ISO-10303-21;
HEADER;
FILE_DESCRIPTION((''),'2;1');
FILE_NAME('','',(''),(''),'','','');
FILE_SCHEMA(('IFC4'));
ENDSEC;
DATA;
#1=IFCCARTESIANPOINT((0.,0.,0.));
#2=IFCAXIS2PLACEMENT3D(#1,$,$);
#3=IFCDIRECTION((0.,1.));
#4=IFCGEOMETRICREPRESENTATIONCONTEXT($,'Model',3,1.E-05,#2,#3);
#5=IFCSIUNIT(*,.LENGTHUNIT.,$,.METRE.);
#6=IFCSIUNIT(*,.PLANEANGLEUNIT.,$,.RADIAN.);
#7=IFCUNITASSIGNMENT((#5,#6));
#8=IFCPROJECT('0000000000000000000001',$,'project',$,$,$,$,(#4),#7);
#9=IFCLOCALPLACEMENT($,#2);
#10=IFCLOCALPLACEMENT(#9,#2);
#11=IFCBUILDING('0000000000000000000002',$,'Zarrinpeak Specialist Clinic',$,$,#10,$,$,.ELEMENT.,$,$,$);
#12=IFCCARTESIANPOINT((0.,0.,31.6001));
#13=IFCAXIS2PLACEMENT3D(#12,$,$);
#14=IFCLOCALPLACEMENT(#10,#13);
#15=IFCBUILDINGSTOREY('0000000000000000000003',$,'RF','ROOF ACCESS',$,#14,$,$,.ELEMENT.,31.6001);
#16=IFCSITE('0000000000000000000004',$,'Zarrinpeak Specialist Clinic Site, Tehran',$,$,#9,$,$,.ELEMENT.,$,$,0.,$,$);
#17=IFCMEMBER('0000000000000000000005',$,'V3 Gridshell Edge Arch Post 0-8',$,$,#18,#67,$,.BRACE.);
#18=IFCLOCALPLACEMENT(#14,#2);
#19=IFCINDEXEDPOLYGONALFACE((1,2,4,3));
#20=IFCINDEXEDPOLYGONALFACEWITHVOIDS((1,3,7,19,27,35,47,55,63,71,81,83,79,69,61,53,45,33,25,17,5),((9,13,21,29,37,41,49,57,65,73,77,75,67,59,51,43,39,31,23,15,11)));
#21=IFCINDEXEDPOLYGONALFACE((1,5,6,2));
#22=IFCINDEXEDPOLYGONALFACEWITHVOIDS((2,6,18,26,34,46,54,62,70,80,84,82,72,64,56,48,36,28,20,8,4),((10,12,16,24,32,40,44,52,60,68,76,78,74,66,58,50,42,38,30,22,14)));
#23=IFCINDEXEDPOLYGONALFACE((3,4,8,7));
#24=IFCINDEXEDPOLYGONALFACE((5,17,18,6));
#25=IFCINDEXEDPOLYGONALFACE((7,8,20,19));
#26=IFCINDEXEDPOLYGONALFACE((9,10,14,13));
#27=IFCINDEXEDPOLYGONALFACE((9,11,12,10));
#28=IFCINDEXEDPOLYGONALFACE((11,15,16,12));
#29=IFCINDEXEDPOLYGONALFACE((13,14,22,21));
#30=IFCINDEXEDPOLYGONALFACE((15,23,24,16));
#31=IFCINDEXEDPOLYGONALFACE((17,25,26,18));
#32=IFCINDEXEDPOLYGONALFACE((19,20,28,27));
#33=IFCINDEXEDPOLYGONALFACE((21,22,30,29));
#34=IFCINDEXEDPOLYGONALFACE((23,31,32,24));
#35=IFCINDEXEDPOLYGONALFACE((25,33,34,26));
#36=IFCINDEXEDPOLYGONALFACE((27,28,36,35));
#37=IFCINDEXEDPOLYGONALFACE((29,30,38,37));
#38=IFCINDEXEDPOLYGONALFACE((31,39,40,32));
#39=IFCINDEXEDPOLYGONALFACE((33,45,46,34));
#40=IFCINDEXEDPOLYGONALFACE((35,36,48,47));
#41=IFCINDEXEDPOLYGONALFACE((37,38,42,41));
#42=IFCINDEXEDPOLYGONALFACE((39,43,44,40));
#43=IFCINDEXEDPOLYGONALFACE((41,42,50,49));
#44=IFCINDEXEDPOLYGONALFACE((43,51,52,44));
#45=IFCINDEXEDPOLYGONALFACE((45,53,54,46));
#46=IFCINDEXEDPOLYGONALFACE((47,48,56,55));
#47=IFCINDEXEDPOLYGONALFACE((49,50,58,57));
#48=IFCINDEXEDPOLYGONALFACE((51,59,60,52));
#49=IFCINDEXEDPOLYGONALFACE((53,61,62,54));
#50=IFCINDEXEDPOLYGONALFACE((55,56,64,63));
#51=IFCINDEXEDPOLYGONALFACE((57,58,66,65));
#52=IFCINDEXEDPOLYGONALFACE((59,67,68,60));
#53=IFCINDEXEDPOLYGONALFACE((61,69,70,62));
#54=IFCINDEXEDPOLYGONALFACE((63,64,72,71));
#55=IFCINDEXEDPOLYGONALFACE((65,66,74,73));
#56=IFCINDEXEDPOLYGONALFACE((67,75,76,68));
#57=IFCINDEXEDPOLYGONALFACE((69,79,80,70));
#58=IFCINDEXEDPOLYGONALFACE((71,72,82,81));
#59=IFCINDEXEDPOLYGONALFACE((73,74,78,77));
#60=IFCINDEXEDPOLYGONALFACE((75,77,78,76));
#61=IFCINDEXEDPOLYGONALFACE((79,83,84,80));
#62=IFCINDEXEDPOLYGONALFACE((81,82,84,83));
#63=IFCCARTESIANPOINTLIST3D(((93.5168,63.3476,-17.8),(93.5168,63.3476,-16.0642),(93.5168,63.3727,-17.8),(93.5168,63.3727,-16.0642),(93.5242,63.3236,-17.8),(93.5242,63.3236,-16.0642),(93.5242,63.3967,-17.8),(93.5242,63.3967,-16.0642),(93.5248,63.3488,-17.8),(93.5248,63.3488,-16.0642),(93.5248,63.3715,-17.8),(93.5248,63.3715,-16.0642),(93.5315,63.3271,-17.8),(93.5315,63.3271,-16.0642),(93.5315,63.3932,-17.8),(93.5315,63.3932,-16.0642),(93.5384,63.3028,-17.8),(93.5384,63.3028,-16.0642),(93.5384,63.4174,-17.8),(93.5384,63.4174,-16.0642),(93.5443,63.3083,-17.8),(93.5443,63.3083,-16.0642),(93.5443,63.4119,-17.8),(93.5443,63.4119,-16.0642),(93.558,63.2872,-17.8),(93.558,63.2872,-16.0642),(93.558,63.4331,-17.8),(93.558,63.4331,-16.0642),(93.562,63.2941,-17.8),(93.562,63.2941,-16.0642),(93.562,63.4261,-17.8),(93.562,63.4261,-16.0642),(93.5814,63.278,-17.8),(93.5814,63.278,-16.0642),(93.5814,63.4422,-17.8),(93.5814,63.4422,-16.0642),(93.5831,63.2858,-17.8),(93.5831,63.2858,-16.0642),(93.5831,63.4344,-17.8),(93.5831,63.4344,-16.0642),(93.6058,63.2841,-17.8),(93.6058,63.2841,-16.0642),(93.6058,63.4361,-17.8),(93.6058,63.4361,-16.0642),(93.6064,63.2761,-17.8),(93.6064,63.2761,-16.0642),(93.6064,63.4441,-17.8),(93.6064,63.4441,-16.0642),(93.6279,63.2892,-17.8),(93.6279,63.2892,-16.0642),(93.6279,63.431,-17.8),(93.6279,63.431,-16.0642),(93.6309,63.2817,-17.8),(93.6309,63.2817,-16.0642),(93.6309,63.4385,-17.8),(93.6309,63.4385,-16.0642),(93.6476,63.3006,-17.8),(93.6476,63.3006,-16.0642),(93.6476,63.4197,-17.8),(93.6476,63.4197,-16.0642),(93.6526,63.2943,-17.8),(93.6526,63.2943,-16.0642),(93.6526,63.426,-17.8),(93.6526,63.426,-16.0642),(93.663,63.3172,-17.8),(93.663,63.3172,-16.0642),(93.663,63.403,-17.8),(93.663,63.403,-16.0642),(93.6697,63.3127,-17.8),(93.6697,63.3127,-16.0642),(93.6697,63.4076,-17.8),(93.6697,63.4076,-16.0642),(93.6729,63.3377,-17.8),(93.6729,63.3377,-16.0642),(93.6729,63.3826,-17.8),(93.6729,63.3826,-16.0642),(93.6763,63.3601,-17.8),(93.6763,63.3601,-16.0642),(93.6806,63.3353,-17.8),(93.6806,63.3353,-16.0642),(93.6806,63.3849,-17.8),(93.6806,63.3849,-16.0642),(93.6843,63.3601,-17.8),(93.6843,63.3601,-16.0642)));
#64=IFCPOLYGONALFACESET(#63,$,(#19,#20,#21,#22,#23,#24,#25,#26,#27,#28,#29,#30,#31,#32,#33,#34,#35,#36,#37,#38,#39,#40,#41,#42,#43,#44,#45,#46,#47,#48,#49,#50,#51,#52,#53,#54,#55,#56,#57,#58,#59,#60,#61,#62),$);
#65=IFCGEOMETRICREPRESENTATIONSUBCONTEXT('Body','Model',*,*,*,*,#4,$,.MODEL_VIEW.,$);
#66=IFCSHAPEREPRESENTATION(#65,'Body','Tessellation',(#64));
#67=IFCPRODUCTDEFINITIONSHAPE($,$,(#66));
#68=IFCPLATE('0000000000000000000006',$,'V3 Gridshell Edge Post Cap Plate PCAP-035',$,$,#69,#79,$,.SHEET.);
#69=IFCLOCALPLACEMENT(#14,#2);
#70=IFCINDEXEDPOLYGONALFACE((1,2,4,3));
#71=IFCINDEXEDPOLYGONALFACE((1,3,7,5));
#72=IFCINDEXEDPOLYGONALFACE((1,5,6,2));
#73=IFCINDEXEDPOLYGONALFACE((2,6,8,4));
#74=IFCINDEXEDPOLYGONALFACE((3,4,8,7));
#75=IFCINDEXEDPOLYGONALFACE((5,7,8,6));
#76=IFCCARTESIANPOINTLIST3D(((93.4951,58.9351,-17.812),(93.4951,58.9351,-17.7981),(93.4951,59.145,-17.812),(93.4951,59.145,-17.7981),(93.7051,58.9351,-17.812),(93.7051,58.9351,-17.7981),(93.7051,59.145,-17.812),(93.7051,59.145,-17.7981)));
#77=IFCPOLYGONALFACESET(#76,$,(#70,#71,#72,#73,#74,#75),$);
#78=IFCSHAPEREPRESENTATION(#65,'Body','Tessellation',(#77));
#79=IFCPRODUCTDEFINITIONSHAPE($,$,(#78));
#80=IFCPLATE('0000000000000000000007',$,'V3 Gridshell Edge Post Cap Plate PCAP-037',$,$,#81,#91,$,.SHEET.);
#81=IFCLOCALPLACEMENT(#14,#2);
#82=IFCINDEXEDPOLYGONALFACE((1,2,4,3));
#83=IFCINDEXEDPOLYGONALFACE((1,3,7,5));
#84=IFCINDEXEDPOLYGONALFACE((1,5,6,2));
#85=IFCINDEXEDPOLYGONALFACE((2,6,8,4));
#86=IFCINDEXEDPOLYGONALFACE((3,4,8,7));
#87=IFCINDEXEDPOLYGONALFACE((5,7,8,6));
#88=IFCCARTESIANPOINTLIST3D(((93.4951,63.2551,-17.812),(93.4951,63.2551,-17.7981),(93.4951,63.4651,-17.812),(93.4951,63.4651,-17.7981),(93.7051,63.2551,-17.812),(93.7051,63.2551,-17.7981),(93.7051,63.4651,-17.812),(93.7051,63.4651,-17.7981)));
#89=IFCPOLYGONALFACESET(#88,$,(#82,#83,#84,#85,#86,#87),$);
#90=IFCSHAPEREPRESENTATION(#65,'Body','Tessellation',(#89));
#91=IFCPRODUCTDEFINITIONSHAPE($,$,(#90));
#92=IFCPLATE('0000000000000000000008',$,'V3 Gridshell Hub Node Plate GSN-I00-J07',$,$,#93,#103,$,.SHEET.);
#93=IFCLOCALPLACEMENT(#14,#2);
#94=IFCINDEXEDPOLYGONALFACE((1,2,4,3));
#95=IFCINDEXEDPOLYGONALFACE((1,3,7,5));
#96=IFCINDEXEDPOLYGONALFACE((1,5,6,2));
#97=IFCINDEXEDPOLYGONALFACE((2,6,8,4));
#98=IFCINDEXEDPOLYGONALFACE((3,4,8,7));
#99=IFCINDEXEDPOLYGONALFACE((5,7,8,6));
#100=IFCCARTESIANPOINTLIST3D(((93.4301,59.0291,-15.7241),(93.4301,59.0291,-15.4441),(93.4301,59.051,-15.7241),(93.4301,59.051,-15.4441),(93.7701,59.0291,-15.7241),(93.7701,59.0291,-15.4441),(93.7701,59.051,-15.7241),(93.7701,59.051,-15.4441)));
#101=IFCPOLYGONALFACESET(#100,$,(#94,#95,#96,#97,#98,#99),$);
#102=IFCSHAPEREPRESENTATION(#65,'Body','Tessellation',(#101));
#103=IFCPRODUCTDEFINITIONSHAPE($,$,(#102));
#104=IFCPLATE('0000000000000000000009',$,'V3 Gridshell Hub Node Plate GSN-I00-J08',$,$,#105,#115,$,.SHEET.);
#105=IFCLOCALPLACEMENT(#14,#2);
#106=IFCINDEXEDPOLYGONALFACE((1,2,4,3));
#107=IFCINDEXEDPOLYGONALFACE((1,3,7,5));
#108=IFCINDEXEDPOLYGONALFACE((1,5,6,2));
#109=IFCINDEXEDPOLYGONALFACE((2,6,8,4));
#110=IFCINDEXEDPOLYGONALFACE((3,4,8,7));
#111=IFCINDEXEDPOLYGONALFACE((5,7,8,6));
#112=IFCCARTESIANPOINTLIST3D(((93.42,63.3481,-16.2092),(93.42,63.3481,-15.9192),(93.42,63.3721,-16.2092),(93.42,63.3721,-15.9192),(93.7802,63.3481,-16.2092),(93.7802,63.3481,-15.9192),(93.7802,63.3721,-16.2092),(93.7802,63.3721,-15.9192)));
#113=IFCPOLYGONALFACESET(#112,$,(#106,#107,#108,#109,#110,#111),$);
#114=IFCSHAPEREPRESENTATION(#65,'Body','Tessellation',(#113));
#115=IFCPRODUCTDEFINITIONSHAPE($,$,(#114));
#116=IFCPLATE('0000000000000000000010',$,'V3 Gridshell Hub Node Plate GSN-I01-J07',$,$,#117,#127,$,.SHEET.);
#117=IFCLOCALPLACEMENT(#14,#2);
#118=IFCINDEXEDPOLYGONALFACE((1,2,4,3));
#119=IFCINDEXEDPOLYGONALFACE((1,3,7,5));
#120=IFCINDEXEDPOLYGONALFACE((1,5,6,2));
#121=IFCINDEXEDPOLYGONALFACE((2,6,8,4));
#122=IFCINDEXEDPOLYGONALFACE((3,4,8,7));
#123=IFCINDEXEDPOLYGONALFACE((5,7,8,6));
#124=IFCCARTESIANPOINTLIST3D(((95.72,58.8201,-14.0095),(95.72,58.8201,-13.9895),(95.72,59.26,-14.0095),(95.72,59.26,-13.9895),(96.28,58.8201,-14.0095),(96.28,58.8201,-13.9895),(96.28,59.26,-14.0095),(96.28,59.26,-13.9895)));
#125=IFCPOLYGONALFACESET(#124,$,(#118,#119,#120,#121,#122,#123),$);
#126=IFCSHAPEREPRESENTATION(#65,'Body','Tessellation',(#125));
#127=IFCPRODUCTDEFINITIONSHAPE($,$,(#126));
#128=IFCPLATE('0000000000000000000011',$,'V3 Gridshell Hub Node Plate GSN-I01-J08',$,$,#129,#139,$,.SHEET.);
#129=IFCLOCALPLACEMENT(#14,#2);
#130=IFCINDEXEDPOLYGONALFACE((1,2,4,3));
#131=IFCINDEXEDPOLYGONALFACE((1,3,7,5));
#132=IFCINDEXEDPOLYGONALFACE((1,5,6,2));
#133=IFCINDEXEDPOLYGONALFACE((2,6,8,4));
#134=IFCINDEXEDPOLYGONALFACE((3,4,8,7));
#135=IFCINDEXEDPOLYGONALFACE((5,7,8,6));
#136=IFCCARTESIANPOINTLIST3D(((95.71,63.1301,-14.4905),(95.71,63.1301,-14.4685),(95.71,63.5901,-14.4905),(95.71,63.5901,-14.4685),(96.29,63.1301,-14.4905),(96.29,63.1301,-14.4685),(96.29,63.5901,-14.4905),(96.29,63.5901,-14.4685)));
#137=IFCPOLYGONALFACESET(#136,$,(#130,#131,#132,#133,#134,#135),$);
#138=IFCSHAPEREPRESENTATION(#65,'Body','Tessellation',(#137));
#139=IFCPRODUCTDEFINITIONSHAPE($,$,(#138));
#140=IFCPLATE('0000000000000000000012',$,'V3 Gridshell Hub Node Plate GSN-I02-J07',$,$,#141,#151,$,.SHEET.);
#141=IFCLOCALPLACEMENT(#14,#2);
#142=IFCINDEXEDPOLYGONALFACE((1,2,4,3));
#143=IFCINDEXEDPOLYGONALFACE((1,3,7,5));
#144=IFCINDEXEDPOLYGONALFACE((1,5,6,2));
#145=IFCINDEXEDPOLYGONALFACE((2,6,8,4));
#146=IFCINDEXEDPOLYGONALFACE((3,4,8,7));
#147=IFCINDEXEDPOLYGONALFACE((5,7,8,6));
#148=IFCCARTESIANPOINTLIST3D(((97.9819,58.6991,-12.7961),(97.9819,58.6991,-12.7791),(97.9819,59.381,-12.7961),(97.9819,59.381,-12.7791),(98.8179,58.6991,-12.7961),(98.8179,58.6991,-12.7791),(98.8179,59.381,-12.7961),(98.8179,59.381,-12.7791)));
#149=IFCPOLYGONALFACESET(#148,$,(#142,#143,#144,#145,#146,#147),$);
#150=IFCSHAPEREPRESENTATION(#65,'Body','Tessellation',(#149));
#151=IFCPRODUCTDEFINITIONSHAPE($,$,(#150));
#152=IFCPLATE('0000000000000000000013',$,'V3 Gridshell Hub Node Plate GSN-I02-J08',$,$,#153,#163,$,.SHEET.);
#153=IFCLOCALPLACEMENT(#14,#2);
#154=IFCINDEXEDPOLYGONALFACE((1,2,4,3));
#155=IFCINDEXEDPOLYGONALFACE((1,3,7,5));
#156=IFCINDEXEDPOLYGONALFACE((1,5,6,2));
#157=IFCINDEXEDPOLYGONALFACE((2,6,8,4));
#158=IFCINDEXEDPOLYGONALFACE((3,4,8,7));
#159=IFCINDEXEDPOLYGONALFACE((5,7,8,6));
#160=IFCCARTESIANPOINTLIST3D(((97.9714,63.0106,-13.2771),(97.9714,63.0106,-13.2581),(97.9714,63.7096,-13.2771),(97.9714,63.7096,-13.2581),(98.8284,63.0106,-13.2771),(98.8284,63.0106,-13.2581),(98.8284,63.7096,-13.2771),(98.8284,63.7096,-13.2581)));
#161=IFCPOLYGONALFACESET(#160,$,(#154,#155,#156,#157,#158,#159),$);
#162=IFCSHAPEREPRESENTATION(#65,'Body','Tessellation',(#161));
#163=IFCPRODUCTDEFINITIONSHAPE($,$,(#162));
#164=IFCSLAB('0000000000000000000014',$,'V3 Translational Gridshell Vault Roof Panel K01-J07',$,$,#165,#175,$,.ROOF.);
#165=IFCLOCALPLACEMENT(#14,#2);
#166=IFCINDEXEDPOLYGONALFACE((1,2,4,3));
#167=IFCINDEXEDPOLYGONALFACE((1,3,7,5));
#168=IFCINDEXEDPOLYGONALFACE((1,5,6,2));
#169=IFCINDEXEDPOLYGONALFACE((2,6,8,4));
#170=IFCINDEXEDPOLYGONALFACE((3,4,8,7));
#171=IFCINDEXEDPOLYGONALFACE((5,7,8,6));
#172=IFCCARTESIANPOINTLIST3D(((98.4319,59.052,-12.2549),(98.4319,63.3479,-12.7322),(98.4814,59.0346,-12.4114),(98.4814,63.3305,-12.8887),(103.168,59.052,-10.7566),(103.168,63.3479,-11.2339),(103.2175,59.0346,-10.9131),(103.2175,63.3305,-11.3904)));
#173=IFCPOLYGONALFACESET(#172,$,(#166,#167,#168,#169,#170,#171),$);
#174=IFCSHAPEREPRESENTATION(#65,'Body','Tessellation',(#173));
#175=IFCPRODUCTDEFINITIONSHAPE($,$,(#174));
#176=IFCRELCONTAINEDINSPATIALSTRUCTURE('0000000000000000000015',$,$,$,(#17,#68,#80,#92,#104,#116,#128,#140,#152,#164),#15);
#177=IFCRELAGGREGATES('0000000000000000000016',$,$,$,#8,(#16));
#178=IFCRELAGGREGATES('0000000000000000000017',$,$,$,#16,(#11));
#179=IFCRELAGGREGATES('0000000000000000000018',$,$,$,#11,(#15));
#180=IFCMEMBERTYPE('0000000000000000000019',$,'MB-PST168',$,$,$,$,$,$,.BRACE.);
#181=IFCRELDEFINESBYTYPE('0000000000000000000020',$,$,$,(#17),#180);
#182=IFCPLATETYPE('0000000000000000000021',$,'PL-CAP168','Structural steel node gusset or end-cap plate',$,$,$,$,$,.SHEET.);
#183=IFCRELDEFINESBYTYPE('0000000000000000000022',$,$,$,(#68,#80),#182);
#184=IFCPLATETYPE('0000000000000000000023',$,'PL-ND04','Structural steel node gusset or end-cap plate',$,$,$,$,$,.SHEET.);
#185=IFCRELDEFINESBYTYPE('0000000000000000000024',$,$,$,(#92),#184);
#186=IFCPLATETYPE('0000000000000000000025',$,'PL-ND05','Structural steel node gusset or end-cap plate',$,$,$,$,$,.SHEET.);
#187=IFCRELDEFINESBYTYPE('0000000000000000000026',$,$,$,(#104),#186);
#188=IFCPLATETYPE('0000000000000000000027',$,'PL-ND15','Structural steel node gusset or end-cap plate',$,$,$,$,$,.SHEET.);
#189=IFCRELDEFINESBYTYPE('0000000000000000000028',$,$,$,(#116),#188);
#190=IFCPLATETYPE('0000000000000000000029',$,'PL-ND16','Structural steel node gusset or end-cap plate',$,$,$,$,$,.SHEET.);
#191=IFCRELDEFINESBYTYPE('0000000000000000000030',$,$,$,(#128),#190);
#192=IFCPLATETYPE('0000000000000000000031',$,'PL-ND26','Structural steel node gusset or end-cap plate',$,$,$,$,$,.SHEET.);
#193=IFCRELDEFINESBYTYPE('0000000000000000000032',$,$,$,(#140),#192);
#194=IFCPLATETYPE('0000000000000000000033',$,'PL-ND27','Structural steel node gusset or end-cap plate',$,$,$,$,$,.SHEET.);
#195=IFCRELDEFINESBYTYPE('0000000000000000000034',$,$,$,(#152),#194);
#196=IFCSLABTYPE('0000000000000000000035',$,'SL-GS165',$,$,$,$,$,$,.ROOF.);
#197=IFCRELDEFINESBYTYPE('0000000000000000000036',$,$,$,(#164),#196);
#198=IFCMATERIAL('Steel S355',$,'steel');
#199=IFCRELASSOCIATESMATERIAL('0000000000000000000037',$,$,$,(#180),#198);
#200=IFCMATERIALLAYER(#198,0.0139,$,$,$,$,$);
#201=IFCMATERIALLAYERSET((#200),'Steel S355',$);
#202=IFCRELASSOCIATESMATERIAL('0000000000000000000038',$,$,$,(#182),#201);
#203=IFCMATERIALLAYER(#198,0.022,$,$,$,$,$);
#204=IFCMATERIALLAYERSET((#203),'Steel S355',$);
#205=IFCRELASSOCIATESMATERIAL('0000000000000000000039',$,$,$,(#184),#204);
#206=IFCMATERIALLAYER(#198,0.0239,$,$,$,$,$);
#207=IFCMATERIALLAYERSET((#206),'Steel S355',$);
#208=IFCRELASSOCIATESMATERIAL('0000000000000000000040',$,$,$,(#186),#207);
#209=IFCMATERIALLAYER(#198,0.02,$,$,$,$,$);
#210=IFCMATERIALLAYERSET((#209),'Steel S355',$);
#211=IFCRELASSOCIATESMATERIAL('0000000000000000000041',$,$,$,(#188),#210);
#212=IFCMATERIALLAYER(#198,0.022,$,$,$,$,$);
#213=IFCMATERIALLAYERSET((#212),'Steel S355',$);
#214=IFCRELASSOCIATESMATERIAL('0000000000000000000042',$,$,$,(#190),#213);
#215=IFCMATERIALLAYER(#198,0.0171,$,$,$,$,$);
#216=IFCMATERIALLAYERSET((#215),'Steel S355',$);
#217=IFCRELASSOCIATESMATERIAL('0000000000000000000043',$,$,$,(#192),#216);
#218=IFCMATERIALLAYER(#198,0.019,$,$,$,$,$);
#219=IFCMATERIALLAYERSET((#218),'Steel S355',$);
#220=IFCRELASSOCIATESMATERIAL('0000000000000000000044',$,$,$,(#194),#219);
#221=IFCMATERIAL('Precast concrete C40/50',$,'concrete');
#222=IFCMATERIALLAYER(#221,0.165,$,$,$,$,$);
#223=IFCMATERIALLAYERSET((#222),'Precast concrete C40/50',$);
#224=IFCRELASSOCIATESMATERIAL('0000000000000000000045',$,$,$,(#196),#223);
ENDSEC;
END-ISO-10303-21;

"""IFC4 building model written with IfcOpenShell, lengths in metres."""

from ifc_helpers import new_model, si_unit, direction, frame, origin, origin_2d, place, context, subcontext, project, spatial, polyline, rectangle, hollow_circle, outline, extrude, material, layer, layer_set, material_profile, profile_set, type_object, element, save


model = new_model("IFC4")

# Units and contexts
model_context = context("Model", 3, precision=1e-05, world=origin(), true_north=direction((0.0, 1.0)))
body_context = subcontext(model_context, "Body", "Model", "MODEL_VIEW")
ifc_project = project(units=[si_unit("LENGTHUNIT", "METRE"), si_unit("PLANEANGLEUNIT", "RADIAN")], contexts=[model_context])

# Site, building, storey
site_placement = place(None, origin())
site = spatial("IfcSite", under=ifc_project, at=site_placement, Name="Zarrinpeak Specialist Clinic Site, Tehran", CompositionType="ELEMENT", RefElevation=0.0)
building_placement = place(site_placement, origin())
building = spatial("IfcBuilding", under=site, at=building_placement, Name="Zarrinpeak Specialist Clinic", CompositionType="ELEMENT")
storey_placement = place(building_placement, frame((0.0, 0.0, 31.6001)))
storey = spatial("IfcBuildingStorey", under=building, at=storey_placement, Name="RF", Description="ROOF ACCESS", CompositionType="ELEMENT", Elevation=31.6001)

# Member
ifc_material_1 = material(Name="Steel S355", Category="steel")
ifc_material_profile_1 = material_profile(ifc_material_1, hollow_circle(Radius=0.0842, WallThickness=0.0081, at=origin_2d()), Name="CHS 168.3x8.0")
ifc_profile_set_1 = profile_set([ifc_material_profile_1], Name="Steel S355")
member_type_1 = type_object("IfcMemberType", Name="MB-PST168", PredefinedType="BRACE", material=ifc_profile_set_1)
member_1_placement = place(storey_placement, frame((93.6001, 63.3601, -17.8), z_axis=(0.0, 0.0, 1.0), x_axis=(1.0, 0.0, 0.0)))
element("IfcMember", 1, at=member_1_placement, inside=storey, type_object=member_type_1, Name="V3 Gridshell Edge Arch Post 0-8", PredefinedType="BRACE", context=body_context, shape_type="SweptSolid", body=[
    extrude(hollow_circle(Radius=0.0842, WallThickness=0.0081, at=origin_2d()), origin(), (0.0, 0.0, 1.0), 1.7358),
])

# Plates
ifc_layer_1 = layer(ifc_material_1, 0.0139)
ifc_layer_set_1 = layer_set([ifc_layer_1], Name="Steel S355")
plate_type_1 = type_object("IfcPlateType", Name="PL-CAP168", Description="Structural steel node gusset or end-cap plate", PredefinedType="SHEET", material=ifc_layer_set_1)
for number, where, z_axis, x_axis, name in (
    (2, (93.6001, 59.04, -17.812), (0.0, 0.0, 1.0), (1.0, 0.0, 0.0), "V3 Gridshell Edge Post Cap Plate PCAP-035"),
    (3, (93.6001, 63.3601, -17.812), (0.0, 0.0, 1.0), (1.0, 0.0, 0.0), "V3 Gridshell Edge Post Cap Plate PCAP-037"),
):
    element("IfcPlate", number, at=place(storey_placement, frame(where, z_axis=z_axis, x_axis=x_axis)), inside=storey, type_object=plate_type_1, Name=name, PredefinedType="SHEET", context=body_context, shape_type="SweptSolid", body=[
        extrude(rectangle(XDim=0.21, YDim=0.21, at=origin_2d()), origin(), (0.0, 0.0, 1.0), 0.0139),
    ])
ifc_layer_2 = layer(ifc_material_1, 0.022)
ifc_layer_set_2 = layer_set([ifc_layer_2], Name="Steel S355")
plate_type_2 = type_object("IfcPlateType", Name="PL-ND04", Description="Structural steel node gusset or end-cap plate", PredefinedType="SHEET", material=ifc_layer_set_2)
plate_1_placement = place(storey_placement, frame((93.6001, 59.04, -15.7241), z_axis=(0.0, 0.0, 1.0), x_axis=(1.0, 0.0, 0.0)))
element("IfcPlate", 4, at=plate_1_placement, inside=storey, type_object=plate_type_2, Name="V3 Gridshell Hub Node Plate GSN-I00-J07", PredefinedType="SHEET", context=body_context, shape_type="SweptSolid", body=[
    extrude(rectangle(XDim=0.3401, YDim=0.022, at=origin_2d()), origin(), (0.0, 0.0, 1.0), 0.28),
])
ifc_layer_3 = layer(ifc_material_1, 0.0239)
ifc_layer_set_3 = layer_set([ifc_layer_3], Name="Steel S355")
plate_type_3 = type_object("IfcPlateType", Name="PL-ND05", Description="Structural steel node gusset or end-cap plate", PredefinedType="SHEET", material=ifc_layer_set_3)
plate_2_placement = place(storey_placement, frame((93.6001, 63.3601, -16.2092), z_axis=(0.0, 0.0, 1.0), x_axis=(1.0, 0.0, 0.0)))
element("IfcPlate", 5, at=plate_2_placement, inside=storey, type_object=plate_type_3, Name="V3 Gridshell Hub Node Plate GSN-I00-J08", PredefinedType="SHEET", context=body_context, shape_type="SweptSolid", body=[
    extrude(rectangle(XDim=0.3601, YDim=0.0239, at=origin_2d()), origin(), (0.0, 0.0, 1.0), 0.29),
])
ifc_layer_4 = layer(ifc_material_1, 0.02)
ifc_layer_set_4 = layer_set([ifc_layer_4], Name="Steel S355")
plate_type_4 = type_object("IfcPlateType", Name="PL-ND15", Description="Structural steel node gusset or end-cap plate", PredefinedType="SHEET", material=ifc_layer_set_4)
plate_3_placement = place(storey_placement, frame((96.0, 59.04, -14.0095), z_axis=(0.0, 0.0, 1.0), x_axis=(1.0, 0.0, 0.0)))
element("IfcPlate", 6, at=plate_3_placement, inside=storey, type_object=plate_type_4, Name="V3 Gridshell Hub Node Plate GSN-I01-J07", PredefinedType="SHEET", context=body_context, shape_type="SweptSolid", body=[
    extrude(rectangle(XDim=0.5601, YDim=0.4399, at=origin_2d()), origin(), (0.0, 0.0, 1.0), 0.02),
])
ifc_layer_5 = layer(ifc_material_1, 0.022)
ifc_layer_set_5 = layer_set([ifc_layer_5], Name="Steel S355")
plate_type_5 = type_object("IfcPlateType", Name="PL-ND16", Description="Structural steel node gusset or end-cap plate", PredefinedType="SHEET", material=ifc_layer_set_5)
plate_4_placement = place(storey_placement, frame((96.0, 63.3601, -14.4905), z_axis=(0.0, 0.0, 1.0), x_axis=(1.0, 0.0, 0.0)))
element("IfcPlate", 7, at=plate_4_placement, inside=storey, type_object=plate_type_5, Name="V3 Gridshell Hub Node Plate GSN-I01-J08", PredefinedType="SHEET", context=body_context, shape_type="SweptSolid", body=[
    extrude(rectangle(XDim=0.5801, YDim=0.46, at=origin_2d()), origin(), (0.0, 0.0, 1.0), 0.022),
])
ifc_layer_6 = layer(ifc_material_1, 0.0171)
ifc_layer_set_6 = layer_set([ifc_layer_6], Name="Steel S355")
plate_type_6 = type_object("IfcPlateType", Name="PL-ND26", Description="Structural steel node gusset or end-cap plate", PredefinedType="SHEET", material=ifc_layer_set_6)
plate_5_placement = place(storey_placement, frame((98.3999, 59.04, -12.7961), z_axis=(0.0, 0.0, 1.0), x_axis=(1.0, 0.0, 0.0)))
element("IfcPlate", 8, at=plate_5_placement, inside=storey, type_object=plate_type_6, Name="V3 Gridshell Hub Node Plate GSN-I02-J07", PredefinedType="SHEET", context=body_context, shape_type="SweptSolid", body=[
    extrude(rectangle(XDim=0.8359, YDim=0.6819, at=origin_2d()), origin(), (0.0, 0.0, 1.0), 0.0171),
])
ifc_layer_7 = layer(ifc_material_1, 0.019)
ifc_layer_set_7 = layer_set([ifc_layer_7], Name="Steel S355")
plate_type_7 = type_object("IfcPlateType", Name="PL-ND27", Description="Structural steel node gusset or end-cap plate", PredefinedType="SHEET", material=ifc_layer_set_7)
plate_6_placement = place(storey_placement, frame((98.3999, 63.3601, -13.2771), z_axis=(0.0, 0.0, 1.0), x_axis=(1.0, 0.0, 0.0)))
element("IfcPlate", 9, at=plate_6_placement, inside=storey, type_object=plate_type_7, Name="V3 Gridshell Hub Node Plate GSN-I02-J08", PredefinedType="SHEET", context=body_context, shape_type="SweptSolid", body=[
    extrude(rectangle(XDim=0.8569, YDim=0.699, at=origin_2d()), origin(), (0.0, 0.0, 1.0), 0.019),
])

# Slab
ifc_material_2 = material(Name="Precast concrete C40/50", Category="concrete")
ifc_layer_8 = layer(ifc_material_2, 0.165)
ifc_layer_set_8 = layer_set([ifc_layer_8], Name="Precast concrete C40/50")
slab_type_1 = type_object("IfcSlabType", Name="SL-GS165", PredefinedType="ROOF", material=ifc_layer_set_8)
slab_1_placement = place(storey_placement, frame((98.4319, 59.052, -12.2549), z_axis=(-0.299945, 0.105341, 0.948123), x_axis=(0.953427, 0.0, 0.301623)))
element("IfcSlab", 10, at=slab_1_placement, inside=storey, type_object=slab_type_1, Name="V3 Translational Gridshell Vault Roof Panel K01-J07", PredefinedType="ROOF", context=body_context, shape_type="SweptSolid", body=[
    extrude(outline(polyline([(0.0, 0.0), (4.9674, 0.0), (4.8235, 4.3199), (-0.144, 4.3199), (0.0, 0.0)])), origin(), (0.0, 0.0, -1.0), 0.165),
])

save(model, "model.ifc")
